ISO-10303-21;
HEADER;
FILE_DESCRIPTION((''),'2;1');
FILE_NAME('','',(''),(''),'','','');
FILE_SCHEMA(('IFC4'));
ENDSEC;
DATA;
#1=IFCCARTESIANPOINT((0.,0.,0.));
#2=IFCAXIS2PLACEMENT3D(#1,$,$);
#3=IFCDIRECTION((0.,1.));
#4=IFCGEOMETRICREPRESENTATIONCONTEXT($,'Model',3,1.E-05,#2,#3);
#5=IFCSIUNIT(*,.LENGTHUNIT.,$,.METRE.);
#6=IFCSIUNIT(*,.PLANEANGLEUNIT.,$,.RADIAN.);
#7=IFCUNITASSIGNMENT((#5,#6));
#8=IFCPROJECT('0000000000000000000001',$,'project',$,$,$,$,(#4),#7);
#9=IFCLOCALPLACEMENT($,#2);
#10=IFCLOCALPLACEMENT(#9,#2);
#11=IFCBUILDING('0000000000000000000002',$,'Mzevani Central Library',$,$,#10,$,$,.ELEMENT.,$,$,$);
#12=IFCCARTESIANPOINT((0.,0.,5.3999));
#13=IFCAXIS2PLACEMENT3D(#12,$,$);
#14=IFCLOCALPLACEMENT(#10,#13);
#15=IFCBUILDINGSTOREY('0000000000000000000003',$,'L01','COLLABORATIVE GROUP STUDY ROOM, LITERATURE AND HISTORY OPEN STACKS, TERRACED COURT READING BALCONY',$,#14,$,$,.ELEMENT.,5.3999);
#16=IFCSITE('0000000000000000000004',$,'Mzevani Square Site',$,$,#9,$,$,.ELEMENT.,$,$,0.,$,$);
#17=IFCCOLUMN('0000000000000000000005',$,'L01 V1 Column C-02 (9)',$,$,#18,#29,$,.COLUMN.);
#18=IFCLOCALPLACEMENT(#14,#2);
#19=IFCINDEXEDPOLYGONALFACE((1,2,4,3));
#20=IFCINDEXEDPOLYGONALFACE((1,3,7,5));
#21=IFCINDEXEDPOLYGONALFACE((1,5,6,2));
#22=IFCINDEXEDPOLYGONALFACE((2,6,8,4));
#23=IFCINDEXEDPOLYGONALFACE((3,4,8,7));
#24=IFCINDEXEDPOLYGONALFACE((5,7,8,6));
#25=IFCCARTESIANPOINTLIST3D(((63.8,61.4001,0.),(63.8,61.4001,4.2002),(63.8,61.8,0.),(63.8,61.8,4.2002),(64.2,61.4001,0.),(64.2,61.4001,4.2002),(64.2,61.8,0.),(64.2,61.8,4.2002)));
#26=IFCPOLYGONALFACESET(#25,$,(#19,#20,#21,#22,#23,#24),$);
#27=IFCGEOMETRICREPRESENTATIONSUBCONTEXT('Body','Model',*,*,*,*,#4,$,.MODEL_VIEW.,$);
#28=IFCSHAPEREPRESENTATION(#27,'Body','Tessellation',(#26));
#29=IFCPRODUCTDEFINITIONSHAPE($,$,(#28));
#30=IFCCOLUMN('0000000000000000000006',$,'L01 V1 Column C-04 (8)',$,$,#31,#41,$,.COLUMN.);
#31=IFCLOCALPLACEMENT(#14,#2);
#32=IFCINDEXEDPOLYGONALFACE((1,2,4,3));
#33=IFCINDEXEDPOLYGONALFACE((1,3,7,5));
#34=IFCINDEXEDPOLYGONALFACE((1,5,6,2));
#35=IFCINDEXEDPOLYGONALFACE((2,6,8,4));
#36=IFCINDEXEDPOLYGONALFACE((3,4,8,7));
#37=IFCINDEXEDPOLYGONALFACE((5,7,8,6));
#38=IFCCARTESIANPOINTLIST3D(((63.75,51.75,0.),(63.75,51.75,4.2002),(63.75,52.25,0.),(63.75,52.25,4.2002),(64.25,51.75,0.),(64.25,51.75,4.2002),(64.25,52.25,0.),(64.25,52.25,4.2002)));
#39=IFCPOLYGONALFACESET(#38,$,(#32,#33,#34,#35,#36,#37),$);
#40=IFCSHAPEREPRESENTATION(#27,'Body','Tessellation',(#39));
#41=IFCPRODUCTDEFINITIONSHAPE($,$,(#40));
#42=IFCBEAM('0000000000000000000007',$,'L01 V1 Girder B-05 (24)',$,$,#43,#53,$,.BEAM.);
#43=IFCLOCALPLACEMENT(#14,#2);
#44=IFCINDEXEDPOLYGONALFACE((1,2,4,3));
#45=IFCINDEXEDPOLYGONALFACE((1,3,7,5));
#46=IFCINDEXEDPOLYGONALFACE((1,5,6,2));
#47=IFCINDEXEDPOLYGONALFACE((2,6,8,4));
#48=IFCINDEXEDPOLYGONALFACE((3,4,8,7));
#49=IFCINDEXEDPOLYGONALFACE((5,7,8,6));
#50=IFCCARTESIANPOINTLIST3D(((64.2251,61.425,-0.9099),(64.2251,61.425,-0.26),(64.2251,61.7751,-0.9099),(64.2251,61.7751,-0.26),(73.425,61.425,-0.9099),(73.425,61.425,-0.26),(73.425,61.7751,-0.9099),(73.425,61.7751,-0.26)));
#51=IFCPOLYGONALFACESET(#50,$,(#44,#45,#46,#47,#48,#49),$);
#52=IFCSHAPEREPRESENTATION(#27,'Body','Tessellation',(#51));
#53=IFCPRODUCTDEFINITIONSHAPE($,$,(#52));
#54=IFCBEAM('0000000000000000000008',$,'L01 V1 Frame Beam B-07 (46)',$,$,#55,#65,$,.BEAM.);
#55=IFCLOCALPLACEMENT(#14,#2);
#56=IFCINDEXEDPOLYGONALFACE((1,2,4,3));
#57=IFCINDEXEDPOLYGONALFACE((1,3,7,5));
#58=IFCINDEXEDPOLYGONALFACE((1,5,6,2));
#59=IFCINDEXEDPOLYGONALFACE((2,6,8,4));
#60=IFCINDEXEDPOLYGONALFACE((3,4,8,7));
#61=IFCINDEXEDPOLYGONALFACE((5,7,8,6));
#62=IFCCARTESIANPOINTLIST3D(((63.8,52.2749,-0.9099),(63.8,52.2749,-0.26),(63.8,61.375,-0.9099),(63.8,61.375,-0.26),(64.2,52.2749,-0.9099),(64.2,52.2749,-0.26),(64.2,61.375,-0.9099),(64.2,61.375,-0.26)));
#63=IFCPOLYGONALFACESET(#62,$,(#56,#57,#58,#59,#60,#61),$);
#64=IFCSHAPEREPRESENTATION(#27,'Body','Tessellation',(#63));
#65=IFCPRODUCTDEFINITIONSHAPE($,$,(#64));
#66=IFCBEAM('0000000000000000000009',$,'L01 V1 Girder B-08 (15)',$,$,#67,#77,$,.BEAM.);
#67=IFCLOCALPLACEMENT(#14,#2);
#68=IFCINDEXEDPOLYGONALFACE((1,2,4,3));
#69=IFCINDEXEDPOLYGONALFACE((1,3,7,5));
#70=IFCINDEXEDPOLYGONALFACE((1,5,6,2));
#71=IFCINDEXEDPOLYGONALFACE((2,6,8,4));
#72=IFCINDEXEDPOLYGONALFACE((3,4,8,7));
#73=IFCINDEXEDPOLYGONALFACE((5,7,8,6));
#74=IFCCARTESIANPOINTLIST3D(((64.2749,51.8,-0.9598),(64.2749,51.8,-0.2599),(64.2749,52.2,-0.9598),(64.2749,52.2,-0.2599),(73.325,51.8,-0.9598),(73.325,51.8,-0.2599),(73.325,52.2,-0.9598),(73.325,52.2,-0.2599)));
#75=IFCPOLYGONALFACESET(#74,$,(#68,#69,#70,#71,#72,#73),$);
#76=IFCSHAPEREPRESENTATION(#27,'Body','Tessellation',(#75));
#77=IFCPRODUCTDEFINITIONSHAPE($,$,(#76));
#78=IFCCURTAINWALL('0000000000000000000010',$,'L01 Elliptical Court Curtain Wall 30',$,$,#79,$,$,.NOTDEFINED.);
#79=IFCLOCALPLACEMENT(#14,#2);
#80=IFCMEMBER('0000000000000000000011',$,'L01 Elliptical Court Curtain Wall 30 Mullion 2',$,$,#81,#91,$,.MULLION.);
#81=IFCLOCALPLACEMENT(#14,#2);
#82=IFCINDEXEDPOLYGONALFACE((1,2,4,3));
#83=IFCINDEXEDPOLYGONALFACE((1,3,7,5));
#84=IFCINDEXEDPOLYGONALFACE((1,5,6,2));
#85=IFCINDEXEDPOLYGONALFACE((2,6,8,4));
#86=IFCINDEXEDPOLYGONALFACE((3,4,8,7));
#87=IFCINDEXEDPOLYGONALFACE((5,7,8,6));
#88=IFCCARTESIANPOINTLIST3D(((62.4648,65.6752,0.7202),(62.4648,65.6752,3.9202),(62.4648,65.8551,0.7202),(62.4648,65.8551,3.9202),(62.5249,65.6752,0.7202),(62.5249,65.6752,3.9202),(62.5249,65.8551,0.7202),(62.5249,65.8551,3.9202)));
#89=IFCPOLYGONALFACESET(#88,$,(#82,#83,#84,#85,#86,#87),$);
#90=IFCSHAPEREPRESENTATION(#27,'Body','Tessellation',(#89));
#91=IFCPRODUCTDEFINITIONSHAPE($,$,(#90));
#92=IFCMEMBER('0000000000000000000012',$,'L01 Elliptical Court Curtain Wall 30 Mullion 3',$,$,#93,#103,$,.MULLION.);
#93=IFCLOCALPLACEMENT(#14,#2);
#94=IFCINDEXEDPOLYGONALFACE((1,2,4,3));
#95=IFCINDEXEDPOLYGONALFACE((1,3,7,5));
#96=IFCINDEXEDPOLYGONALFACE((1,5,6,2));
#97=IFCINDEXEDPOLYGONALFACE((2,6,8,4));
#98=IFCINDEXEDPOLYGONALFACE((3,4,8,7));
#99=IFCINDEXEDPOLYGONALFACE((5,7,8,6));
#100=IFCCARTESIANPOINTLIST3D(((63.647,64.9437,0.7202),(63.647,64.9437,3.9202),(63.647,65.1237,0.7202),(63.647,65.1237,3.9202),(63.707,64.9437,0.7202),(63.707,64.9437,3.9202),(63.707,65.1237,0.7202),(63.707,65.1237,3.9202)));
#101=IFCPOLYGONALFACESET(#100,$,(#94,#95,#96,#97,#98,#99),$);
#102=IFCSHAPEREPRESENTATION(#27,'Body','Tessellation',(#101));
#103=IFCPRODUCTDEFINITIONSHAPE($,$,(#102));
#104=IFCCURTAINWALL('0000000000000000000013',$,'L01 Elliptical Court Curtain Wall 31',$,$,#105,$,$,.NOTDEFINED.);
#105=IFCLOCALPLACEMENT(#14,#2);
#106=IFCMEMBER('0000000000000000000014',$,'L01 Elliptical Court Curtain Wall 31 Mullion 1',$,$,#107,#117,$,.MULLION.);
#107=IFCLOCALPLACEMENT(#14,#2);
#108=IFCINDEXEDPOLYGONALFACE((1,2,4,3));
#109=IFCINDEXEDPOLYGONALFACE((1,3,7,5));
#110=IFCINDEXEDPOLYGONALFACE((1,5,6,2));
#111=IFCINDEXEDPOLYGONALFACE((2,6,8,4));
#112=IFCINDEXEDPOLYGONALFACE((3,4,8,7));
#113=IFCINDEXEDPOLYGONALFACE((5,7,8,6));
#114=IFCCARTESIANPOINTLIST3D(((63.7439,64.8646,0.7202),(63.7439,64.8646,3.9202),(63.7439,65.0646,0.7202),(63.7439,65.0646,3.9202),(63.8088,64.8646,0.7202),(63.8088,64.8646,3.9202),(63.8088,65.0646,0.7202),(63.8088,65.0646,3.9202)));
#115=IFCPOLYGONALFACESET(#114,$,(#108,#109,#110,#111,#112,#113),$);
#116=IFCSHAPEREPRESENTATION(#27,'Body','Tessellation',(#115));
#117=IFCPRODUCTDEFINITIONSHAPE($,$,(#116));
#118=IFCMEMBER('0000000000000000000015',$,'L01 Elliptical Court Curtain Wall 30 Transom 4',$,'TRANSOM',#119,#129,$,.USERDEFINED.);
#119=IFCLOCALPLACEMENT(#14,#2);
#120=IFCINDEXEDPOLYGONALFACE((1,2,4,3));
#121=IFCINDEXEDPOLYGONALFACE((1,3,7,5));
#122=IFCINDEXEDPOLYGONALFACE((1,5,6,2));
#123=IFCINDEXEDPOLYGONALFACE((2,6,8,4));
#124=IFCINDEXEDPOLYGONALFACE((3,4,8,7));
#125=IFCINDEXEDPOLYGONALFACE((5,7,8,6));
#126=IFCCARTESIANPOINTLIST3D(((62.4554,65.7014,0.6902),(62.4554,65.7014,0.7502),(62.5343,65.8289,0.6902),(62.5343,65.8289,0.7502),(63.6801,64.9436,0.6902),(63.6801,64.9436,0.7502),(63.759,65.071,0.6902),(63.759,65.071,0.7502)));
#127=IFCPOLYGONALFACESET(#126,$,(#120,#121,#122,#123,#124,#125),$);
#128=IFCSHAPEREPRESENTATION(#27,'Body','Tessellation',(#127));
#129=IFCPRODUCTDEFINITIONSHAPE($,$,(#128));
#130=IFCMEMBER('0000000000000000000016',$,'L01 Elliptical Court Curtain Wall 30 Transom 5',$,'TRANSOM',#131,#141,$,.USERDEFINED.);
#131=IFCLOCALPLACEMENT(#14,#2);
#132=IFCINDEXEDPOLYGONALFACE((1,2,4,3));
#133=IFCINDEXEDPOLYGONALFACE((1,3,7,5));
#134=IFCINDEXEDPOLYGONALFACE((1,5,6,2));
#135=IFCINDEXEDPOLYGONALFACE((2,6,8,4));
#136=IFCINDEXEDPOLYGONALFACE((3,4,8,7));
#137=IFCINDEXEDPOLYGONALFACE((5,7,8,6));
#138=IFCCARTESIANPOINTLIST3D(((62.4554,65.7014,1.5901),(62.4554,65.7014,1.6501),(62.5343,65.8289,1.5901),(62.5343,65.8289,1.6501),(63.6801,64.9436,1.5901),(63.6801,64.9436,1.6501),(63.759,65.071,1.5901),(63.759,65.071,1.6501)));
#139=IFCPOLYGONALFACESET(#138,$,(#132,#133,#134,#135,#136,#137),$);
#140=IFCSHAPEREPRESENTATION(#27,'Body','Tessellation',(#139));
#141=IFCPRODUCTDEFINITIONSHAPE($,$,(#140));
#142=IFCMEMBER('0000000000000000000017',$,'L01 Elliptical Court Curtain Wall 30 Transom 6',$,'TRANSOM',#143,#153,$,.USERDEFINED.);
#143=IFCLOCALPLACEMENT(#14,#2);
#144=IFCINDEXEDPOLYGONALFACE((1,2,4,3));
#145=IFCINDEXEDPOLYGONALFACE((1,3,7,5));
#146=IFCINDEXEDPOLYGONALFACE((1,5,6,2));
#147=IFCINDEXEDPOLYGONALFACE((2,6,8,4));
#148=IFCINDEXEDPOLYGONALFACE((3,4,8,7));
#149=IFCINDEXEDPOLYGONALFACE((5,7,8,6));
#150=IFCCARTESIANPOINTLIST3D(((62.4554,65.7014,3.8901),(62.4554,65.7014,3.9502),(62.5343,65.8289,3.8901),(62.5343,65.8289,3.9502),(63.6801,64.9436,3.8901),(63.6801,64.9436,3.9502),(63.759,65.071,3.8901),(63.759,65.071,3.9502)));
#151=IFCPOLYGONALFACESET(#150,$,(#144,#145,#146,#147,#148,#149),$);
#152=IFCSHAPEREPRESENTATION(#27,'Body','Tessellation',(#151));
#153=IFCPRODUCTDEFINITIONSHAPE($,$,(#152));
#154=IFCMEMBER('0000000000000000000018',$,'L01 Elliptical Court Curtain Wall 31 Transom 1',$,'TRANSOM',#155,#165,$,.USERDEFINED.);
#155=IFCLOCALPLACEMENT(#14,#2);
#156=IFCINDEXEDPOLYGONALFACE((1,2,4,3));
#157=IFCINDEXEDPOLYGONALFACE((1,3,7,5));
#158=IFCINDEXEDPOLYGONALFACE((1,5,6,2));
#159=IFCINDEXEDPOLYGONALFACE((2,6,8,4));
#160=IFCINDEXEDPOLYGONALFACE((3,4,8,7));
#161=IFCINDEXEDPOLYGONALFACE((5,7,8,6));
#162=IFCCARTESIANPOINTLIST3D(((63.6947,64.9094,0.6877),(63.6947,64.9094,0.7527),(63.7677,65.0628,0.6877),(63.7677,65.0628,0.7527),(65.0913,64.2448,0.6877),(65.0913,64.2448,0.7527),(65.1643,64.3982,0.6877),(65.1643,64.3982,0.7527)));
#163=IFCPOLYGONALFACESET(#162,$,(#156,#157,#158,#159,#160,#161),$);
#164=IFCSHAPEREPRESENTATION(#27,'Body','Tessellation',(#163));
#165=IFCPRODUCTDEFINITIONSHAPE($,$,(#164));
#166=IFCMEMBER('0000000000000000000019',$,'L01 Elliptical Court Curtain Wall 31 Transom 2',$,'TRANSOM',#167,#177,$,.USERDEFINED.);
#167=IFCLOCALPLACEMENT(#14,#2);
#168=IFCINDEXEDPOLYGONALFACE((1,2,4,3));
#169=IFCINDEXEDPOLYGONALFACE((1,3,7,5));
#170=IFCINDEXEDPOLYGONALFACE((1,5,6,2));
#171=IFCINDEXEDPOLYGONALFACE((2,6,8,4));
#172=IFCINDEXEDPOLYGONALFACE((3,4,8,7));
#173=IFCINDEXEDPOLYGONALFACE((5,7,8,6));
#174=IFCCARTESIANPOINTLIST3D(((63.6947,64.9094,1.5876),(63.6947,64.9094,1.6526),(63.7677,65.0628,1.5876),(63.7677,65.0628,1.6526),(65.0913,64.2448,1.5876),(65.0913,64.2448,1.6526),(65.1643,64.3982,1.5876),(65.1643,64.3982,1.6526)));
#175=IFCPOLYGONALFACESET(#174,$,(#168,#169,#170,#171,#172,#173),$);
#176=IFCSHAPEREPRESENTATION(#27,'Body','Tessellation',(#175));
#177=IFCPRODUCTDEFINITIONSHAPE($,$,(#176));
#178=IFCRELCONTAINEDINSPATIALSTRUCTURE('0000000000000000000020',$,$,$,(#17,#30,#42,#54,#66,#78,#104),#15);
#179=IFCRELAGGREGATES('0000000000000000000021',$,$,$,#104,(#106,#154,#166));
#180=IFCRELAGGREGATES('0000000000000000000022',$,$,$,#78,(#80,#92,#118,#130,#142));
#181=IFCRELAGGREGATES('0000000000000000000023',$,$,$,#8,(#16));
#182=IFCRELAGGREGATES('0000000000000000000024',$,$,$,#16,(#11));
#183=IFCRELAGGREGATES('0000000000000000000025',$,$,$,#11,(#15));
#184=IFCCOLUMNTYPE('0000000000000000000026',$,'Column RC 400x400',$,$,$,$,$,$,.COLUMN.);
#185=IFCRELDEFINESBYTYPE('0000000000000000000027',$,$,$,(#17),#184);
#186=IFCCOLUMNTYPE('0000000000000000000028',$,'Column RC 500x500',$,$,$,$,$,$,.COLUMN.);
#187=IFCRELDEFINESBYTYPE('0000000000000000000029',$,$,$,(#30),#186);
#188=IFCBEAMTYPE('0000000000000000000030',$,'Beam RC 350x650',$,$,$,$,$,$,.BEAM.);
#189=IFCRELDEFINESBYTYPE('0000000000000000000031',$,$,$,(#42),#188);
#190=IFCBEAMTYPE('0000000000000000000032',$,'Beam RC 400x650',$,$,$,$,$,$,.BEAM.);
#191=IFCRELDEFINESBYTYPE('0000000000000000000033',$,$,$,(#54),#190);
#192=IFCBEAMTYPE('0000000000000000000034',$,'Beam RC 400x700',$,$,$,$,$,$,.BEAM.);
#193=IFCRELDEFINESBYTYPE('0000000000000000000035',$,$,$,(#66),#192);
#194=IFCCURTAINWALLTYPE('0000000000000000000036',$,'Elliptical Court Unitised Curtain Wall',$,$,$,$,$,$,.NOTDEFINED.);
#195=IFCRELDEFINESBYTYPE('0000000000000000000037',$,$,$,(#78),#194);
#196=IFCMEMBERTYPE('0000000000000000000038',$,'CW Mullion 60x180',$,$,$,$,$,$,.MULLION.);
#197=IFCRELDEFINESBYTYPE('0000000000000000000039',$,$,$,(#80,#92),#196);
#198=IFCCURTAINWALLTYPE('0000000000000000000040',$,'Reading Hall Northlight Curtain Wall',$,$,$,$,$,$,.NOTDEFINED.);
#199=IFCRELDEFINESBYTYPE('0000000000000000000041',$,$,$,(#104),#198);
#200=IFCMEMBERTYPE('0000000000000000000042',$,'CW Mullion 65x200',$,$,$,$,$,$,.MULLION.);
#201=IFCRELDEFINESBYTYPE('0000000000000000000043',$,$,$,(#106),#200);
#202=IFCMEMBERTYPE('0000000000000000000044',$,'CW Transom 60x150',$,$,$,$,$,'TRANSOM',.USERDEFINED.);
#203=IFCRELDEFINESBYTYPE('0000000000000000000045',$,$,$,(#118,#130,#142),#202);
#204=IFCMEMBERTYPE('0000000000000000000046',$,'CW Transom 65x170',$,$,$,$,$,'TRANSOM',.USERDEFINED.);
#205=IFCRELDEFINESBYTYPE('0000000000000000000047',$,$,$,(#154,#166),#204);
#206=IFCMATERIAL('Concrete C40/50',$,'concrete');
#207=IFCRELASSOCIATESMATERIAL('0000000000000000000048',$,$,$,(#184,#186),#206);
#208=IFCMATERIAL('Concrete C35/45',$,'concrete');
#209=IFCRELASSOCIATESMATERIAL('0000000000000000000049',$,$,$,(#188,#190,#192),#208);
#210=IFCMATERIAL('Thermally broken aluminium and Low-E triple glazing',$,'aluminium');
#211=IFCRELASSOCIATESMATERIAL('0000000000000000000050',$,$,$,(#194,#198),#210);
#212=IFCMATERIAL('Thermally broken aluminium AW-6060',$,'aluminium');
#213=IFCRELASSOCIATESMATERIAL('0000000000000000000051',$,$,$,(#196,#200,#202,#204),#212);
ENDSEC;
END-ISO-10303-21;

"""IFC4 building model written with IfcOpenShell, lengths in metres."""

from ifc_helpers import new_model, si_unit, direction, frame, origin, origin_2d, place, context, subcontext, project, spatial, rectangle, extrude, material, material_profile, profile_set, type_object, element, aggregate, save


model = new_model("IFC4")

# Units and contexts
model_context = context("Model", 3, precision=1e-05, world=origin(), true_north=direction((0.0, 1.0)))
body_context = subcontext(model_context, "Body", "Model", "MODEL_VIEW")
ifc_project = project(units=[si_unit("LENGTHUNIT", "METRE"), si_unit("PLANEANGLEUNIT", "RADIAN")], contexts=[model_context])

# Site, building, storey
site_placement = place(None, origin())
site = spatial("IfcSite", under=ifc_project, at=site_placement, Name="Mzevani Square Site", CompositionType="ELEMENT", RefElevation=0.0)
building_placement = place(site_placement, origin())
building = spatial("IfcBuilding", under=site, at=building_placement, Name="Mzevani Central Library", CompositionType="ELEMENT")
storey_placement = place(building_placement, frame((0.0, 0.0, 5.3999)))
storey = spatial("IfcBuildingStorey", under=building, at=storey_placement, Name="L01", Description="COLLABORATIVE GROUP STUDY ROOM, LITERATURE AND HISTORY OPEN STACKS, TERRACED COURT READING BALCONY", CompositionType="ELEMENT", Elevation=5.3999)

# Columns
ifc_material_1 = material(Name="Concrete C40/50", Category="concrete")
ifc_material_profile_1 = material_profile(ifc_material_1, rectangle(XDim=0.3999, YDim=0.3999, at=origin_2d()), Name="RC 400x400")
ifc_profile_set_1 = profile_set([ifc_material_profile_1], Name="Concrete C40/50")
column_type_1 = type_object("IfcColumnType", Name="Column RC 400x400", PredefinedType="COLUMN", material=ifc_profile_set_1)
column_1_placement = place(storey_placement, frame((64.0, 61.6001, 0.0), z_axis=(0.0, 0.0, 1.0), x_axis=(1.0, 0.0, 0.0)))
element("IfcColumn", 1, at=column_1_placement, inside=storey, type_object=column_type_1, Name="L01 V1 Column C-02 (9)", PredefinedType="COLUMN", context=body_context, shape_type="SweptSolid", body=[
    extrude(rectangle(XDim=0.3999, YDim=0.3999, at=origin_2d()), origin(), (0.0, 0.0, 1.0), 4.2002),
])
ifc_material_profile_2 = material_profile(ifc_material_1, rectangle(XDim=0.5, YDim=0.5, at=origin_2d()), Name="RC 500x500")
ifc_profile_set_2 = profile_set([ifc_material_profile_2], Name="Concrete C40/50")
column_type_2 = type_object("IfcColumnType", Name="Column RC 500x500", PredefinedType="COLUMN", material=ifc_profile_set_2)
column_2_placement = place(storey_placement, frame((64.0, 52.0, 0.0), z_axis=(0.0, 0.0, 1.0), x_axis=(1.0, 0.0, 0.0)))
element("IfcColumn", 2, at=column_2_placement, inside=storey, type_object=column_type_2, Name="L01 V1 Column C-04 (8)", PredefinedType="COLUMN", context=body_context, shape_type="SweptSolid", body=[
    extrude(rectangle(XDim=0.5, YDim=0.5, at=origin_2d()), origin(), (0.0, 0.0, 1.0), 4.2002),
])

# Beams
ifc_material_2 = material(Name="Concrete C35/45", Category="concrete")
ifc_material_profile_3 = material_profile(ifc_material_2, rectangle(XDim=0.3501, YDim=0.6499, at=origin_2d()), Name="RC B350x650")
ifc_profile_set_3 = profile_set([ifc_material_profile_3], Name="Concrete C35/45")
beam_type_1 = type_object("IfcBeamType", Name="Beam RC 350x650", PredefinedType="BEAM", material=ifc_profile_set_3)
beam_1_placement = place(storey_placement, frame((64.2251, 61.6001, -0.585), z_axis=(1.0, 0.0, 0.0), x_axis=(0.0, 1.0, 0.0)))
element("IfcBeam", 3, at=beam_1_placement, inside=storey, type_object=beam_type_1, Name="L01 V1 Girder B-05 (24)", PredefinedType="BEAM", context=body_context, shape_type="SweptSolid", body=[
    extrude(rectangle(XDim=0.3501, YDim=0.6499, at=origin_2d()), origin(), (0.0, 0.0, 1.0), 9.2),
])
ifc_material_profile_4 = material_profile(ifc_material_2, rectangle(XDim=0.3999, YDim=0.6499, at=origin_2d()), Name="RC B400x650")
ifc_profile_set_4 = profile_set([ifc_material_profile_4], Name="Concrete C35/45")
beam_type_2 = type_object("IfcBeamType", Name="Beam RC 400x650", PredefinedType="BEAM", material=ifc_profile_set_4)
beam_2_placement = place(storey_placement, frame((64.0, 52.2749, -0.585), z_axis=(0.0, 1.0, 0.0), x_axis=(-1.0, 0.0, 0.0)))
element("IfcBeam", 4, at=beam_2_placement, inside=storey, type_object=beam_type_2, Name="L01 V1 Frame Beam B-07 (46)", PredefinedType="BEAM", context=body_context, shape_type="SweptSolid", body=[
    extrude(rectangle(XDim=0.3999, YDim=0.6499, at=origin_2d()), origin(), (0.0, 0.0, 1.0), 9.1001),
])
ifc_material_profile_5 = material_profile(ifc_material_2, rectangle(XDim=0.3999, YDim=0.7, at=origin_2d()), Name="RC B400x700")
ifc_profile_set_5 = profile_set([ifc_material_profile_5], Name="Concrete C35/45")
beam_type_3 = type_object("IfcBeamType", Name="Beam RC 400x700", PredefinedType="BEAM", material=ifc_profile_set_5)
beam_3_placement = place(storey_placement, frame((64.2749, 52.0, -0.6099), z_axis=(1.0, 0.0, 0.0), x_axis=(0.0, 1.0, 0.0)))
element("IfcBeam", 5, at=beam_3_placement, inside=storey, type_object=beam_type_3, Name="L01 V1 Girder B-08 (15)", PredefinedType="BEAM", context=body_context, shape_type="SweptSolid", body=[
    extrude(rectangle(XDim=0.3999, YDim=0.7, at=origin_2d()), origin(), (0.0, 0.0, 1.0), 9.05),
])

# Curtain wall, members
ifc_material_3 = material(Name="Thermally broken aluminium and Low-E triple glazing", Category="aluminium")
curtain_wall_type_1 = type_object("IfcCurtainWallType", Name="Elliptical Court Unitised Curtain Wall", PredefinedType="NOTDEFINED", material=ifc_material_3)
curtain_wall_1_placement = place(storey_placement, origin())
curtain_wall_1 = element("IfcCurtainWall", 6, at=curtain_wall_1_placement, inside=storey, type_object=curtain_wall_type_1, Name="L01 Elliptical Court Curtain Wall 30", PredefinedType="NOTDEFINED")
ifc_material_4 = material(Name="Thermally broken aluminium AW-6060", Category="aluminium")
ifc_material_profile_6 = material_profile(ifc_material_4, rectangle(XDim=0.0601, YDim=0.1799, at=origin_2d()), Name="ALU M60x180")
ifc_profile_set_6 = profile_set([ifc_material_profile_6], Name="Thermally broken aluminium AW-6060")
member_type_1 = type_object("IfcMemberType", Name="CW Mullion 60x180", PredefinedType="MULLION", material=ifc_profile_set_6)
member_1_placement = place(storey_placement, frame((62.4949, 65.7651, 0.7202), z_axis=(0.0, 0.0, 1.0), x_axis=(1.0, 0.0, 0.0)))
member_1 = element("IfcMember", 7, at=member_1_placement, type_object=member_type_1, Name="L01 Elliptical Court Curtain Wall 30 Mullion 2", PredefinedType="MULLION", context=body_context, shape_type="SweptSolid", body=[
    extrude(rectangle(XDim=0.0601, YDim=0.1799, at=origin_2d()), origin(), (0.0, 0.0, 1.0), 3.2),
])
member_2_placement = place(storey_placement, frame((63.677, 65.0337, 0.7202), z_axis=(0.0, 0.0, 1.0), x_axis=(1.0, 0.0, 0.0)))
member_2 = element("IfcMember", 8, at=member_2_placement, type_object=member_type_1, Name="L01 Elliptical Court Curtain Wall 30 Mullion 3", PredefinedType="MULLION", context=body_context, shape_type="SweptSolid", body=[
    extrude(rectangle(XDim=0.0601, YDim=0.1799, at=origin_2d()), origin(), (0.0, 0.0, 1.0), 3.2),
])

# Curtain wall, member
curtain_wall_type_2 = type_object("IfcCurtainWallType", Name="Reading Hall Northlight Curtain Wall", PredefinedType="NOTDEFINED", material=ifc_material_3)
curtain_wall_2_placement = place(storey_placement, origin())
curtain_wall_2 = element("IfcCurtainWall", 9, at=curtain_wall_2_placement, inside=storey, type_object=curtain_wall_type_2, Name="L01 Elliptical Court Curtain Wall 31", PredefinedType="NOTDEFINED")
ifc_material_profile_7 = material_profile(ifc_material_4, rectangle(XDim=0.0649, YDim=0.2, at=origin_2d()), Name="ALU M65x200")
ifc_profile_set_7 = profile_set([ifc_material_profile_7], Name="Thermally broken aluminium AW-6060")
member_type_2 = type_object("IfcMemberType", Name="CW Mullion 65x200", PredefinedType="MULLION", material=ifc_profile_set_7)
member_3_placement = place(storey_placement, frame((63.7764, 64.9646, 0.7202), z_axis=(0.0, 0.0, 1.0), x_axis=(1.0, 0.0, 0.0)))
member_3 = element("IfcMember", 10, at=member_3_placement, type_object=member_type_2, Name="L01 Elliptical Court Curtain Wall 31 Mullion 1", PredefinedType="MULLION", context=body_context, shape_type="SweptSolid", body=[
    extrude(rectangle(XDim=0.0649, YDim=0.2, at=origin_2d()), origin(), (0.0, 0.0, 1.0), 3.2),
])

# Members
ifc_material_profile_8 = material_profile(ifc_material_4, rectangle(XDim=0.1499, YDim=0.0601, at=origin_2d()), Name="ALU T60x150")
ifc_profile_set_8 = profile_set([ifc_material_profile_8], Name="Thermally broken aluminium AW-6060")
member_type_3 = type_object("IfcMemberType", Name="CW Transom 60x150", ElementType="TRANSOM", PredefinedType="USERDEFINED", material=ifc_profile_set_8)
member_4_placement = place(storey_placement, frame((62.4949, 65.7651, 0.7202), z_axis=(0.850352, -0.526215, 0.0), x_axis=(0.526215, 0.850352, 0.0)))
member_4 = element("IfcMember", 11, at=member_4_placement, type_object=member_type_3, Name="L01 Elliptical Court Curtain Wall 30 Transom 4", ObjectType="TRANSOM", PredefinedType="USERDEFINED", context=body_context, shape_type="SweptSolid", body=[
    extrude(rectangle(XDim=0.1499, YDim=0.0601, at=origin_2d()), origin(), (0.0, 0.0, 1.0), 1.4402),
])
member_5_placement = place(storey_placement, frame((62.4949, 65.7651, 1.6201), z_axis=(0.850352, -0.526215, 0.0), x_axis=(0.526215, 0.850352, 0.0)))
member_5 = element("IfcMember", 12, at=member_5_placement, type_object=member_type_3, Name="L01 Elliptical Court Curtain Wall 30 Transom 5", ObjectType="TRANSOM", PredefinedType="USERDEFINED", context=body_context, shape_type="SweptSolid", body=[
    extrude(rectangle(XDim=0.1499, YDim=0.0601, at=origin_2d()), origin(), (0.0, 0.0, 1.0), 1.4402),
])
member_6_placement = place(storey_placement, frame((62.4949, 65.7651, 3.9202), z_axis=(0.850352, -0.526215, 0.0), x_axis=(0.526215, 0.850352, 0.0)))
member_6 = element("IfcMember", 13, at=member_6_placement, type_object=member_type_3, Name="L01 Elliptical Court Curtain Wall 30 Transom 6", ObjectType="TRANSOM", PredefinedType="USERDEFINED", context=body_context, shape_type="SweptSolid", body=[
    extrude(rectangle(XDim=0.1499, YDim=0.0601, at=origin_2d()), origin(), (0.0, 0.0, 1.0), 1.4402),
])
ifc_material_profile_9 = material_profile(ifc_material_4, rectangle(XDim=0.1699, YDim=0.0649, at=origin_2d()), Name="ALU T65x170")
ifc_profile_set_9 = profile_set([ifc_material_profile_9], Name="Thermally broken aluminium AW-6060")
member_type_4 = type_object("IfcMemberType", Name="CW Transom 65x170", ElementType="TRANSOM", PredefinedType="USERDEFINED", material=ifc_profile_set_9)
member_7_placement = place(storey_placement, frame((63.7312, 64.9861, 0.7202), z_axis=(0.902971, -0.429701, 0.0), x_axis=(0.429701, 0.902971, 0.0)))
member_7 = element("IfcMember", 14, at=member_7_placement, type_object=member_type_4, Name="L01 Elliptical Court Curtain Wall 31 Transom 1", ObjectType="TRANSOM", PredefinedType="USERDEFINED", context=body_context, shape_type="SweptSolid", body=[
    extrude(rectangle(XDim=0.1699, YDim=0.0649, at=origin_2d()), origin(), (0.0, 0.0, 1.0), 1.5466),
])
member_8_placement = place(storey_placement, frame((63.7312, 64.9861, 1.6201), z_axis=(0.902971, -0.429701, 0.0), x_axis=(0.429701, 0.902971, 0.0)))
member_8 = element("IfcMember", 15, at=member_8_placement, type_object=member_type_4, Name="L01 Elliptical Court Curtain Wall 31 Transom 2", ObjectType="TRANSOM", PredefinedType="USERDEFINED", context=body_context, shape_type="SweptSolid", body=[
    extrude(rectangle(XDim=0.1699, YDim=0.0649, at=origin_2d()), origin(), (0.0, 0.0, 1.0), 1.5466),
])
aggregate(curtain_wall_2, [member_3, member_7, member_8])

aggregate(curtain_wall_1, [member_1, member_2, member_4, member_5, member_6])

save(model, "model.ifc")
